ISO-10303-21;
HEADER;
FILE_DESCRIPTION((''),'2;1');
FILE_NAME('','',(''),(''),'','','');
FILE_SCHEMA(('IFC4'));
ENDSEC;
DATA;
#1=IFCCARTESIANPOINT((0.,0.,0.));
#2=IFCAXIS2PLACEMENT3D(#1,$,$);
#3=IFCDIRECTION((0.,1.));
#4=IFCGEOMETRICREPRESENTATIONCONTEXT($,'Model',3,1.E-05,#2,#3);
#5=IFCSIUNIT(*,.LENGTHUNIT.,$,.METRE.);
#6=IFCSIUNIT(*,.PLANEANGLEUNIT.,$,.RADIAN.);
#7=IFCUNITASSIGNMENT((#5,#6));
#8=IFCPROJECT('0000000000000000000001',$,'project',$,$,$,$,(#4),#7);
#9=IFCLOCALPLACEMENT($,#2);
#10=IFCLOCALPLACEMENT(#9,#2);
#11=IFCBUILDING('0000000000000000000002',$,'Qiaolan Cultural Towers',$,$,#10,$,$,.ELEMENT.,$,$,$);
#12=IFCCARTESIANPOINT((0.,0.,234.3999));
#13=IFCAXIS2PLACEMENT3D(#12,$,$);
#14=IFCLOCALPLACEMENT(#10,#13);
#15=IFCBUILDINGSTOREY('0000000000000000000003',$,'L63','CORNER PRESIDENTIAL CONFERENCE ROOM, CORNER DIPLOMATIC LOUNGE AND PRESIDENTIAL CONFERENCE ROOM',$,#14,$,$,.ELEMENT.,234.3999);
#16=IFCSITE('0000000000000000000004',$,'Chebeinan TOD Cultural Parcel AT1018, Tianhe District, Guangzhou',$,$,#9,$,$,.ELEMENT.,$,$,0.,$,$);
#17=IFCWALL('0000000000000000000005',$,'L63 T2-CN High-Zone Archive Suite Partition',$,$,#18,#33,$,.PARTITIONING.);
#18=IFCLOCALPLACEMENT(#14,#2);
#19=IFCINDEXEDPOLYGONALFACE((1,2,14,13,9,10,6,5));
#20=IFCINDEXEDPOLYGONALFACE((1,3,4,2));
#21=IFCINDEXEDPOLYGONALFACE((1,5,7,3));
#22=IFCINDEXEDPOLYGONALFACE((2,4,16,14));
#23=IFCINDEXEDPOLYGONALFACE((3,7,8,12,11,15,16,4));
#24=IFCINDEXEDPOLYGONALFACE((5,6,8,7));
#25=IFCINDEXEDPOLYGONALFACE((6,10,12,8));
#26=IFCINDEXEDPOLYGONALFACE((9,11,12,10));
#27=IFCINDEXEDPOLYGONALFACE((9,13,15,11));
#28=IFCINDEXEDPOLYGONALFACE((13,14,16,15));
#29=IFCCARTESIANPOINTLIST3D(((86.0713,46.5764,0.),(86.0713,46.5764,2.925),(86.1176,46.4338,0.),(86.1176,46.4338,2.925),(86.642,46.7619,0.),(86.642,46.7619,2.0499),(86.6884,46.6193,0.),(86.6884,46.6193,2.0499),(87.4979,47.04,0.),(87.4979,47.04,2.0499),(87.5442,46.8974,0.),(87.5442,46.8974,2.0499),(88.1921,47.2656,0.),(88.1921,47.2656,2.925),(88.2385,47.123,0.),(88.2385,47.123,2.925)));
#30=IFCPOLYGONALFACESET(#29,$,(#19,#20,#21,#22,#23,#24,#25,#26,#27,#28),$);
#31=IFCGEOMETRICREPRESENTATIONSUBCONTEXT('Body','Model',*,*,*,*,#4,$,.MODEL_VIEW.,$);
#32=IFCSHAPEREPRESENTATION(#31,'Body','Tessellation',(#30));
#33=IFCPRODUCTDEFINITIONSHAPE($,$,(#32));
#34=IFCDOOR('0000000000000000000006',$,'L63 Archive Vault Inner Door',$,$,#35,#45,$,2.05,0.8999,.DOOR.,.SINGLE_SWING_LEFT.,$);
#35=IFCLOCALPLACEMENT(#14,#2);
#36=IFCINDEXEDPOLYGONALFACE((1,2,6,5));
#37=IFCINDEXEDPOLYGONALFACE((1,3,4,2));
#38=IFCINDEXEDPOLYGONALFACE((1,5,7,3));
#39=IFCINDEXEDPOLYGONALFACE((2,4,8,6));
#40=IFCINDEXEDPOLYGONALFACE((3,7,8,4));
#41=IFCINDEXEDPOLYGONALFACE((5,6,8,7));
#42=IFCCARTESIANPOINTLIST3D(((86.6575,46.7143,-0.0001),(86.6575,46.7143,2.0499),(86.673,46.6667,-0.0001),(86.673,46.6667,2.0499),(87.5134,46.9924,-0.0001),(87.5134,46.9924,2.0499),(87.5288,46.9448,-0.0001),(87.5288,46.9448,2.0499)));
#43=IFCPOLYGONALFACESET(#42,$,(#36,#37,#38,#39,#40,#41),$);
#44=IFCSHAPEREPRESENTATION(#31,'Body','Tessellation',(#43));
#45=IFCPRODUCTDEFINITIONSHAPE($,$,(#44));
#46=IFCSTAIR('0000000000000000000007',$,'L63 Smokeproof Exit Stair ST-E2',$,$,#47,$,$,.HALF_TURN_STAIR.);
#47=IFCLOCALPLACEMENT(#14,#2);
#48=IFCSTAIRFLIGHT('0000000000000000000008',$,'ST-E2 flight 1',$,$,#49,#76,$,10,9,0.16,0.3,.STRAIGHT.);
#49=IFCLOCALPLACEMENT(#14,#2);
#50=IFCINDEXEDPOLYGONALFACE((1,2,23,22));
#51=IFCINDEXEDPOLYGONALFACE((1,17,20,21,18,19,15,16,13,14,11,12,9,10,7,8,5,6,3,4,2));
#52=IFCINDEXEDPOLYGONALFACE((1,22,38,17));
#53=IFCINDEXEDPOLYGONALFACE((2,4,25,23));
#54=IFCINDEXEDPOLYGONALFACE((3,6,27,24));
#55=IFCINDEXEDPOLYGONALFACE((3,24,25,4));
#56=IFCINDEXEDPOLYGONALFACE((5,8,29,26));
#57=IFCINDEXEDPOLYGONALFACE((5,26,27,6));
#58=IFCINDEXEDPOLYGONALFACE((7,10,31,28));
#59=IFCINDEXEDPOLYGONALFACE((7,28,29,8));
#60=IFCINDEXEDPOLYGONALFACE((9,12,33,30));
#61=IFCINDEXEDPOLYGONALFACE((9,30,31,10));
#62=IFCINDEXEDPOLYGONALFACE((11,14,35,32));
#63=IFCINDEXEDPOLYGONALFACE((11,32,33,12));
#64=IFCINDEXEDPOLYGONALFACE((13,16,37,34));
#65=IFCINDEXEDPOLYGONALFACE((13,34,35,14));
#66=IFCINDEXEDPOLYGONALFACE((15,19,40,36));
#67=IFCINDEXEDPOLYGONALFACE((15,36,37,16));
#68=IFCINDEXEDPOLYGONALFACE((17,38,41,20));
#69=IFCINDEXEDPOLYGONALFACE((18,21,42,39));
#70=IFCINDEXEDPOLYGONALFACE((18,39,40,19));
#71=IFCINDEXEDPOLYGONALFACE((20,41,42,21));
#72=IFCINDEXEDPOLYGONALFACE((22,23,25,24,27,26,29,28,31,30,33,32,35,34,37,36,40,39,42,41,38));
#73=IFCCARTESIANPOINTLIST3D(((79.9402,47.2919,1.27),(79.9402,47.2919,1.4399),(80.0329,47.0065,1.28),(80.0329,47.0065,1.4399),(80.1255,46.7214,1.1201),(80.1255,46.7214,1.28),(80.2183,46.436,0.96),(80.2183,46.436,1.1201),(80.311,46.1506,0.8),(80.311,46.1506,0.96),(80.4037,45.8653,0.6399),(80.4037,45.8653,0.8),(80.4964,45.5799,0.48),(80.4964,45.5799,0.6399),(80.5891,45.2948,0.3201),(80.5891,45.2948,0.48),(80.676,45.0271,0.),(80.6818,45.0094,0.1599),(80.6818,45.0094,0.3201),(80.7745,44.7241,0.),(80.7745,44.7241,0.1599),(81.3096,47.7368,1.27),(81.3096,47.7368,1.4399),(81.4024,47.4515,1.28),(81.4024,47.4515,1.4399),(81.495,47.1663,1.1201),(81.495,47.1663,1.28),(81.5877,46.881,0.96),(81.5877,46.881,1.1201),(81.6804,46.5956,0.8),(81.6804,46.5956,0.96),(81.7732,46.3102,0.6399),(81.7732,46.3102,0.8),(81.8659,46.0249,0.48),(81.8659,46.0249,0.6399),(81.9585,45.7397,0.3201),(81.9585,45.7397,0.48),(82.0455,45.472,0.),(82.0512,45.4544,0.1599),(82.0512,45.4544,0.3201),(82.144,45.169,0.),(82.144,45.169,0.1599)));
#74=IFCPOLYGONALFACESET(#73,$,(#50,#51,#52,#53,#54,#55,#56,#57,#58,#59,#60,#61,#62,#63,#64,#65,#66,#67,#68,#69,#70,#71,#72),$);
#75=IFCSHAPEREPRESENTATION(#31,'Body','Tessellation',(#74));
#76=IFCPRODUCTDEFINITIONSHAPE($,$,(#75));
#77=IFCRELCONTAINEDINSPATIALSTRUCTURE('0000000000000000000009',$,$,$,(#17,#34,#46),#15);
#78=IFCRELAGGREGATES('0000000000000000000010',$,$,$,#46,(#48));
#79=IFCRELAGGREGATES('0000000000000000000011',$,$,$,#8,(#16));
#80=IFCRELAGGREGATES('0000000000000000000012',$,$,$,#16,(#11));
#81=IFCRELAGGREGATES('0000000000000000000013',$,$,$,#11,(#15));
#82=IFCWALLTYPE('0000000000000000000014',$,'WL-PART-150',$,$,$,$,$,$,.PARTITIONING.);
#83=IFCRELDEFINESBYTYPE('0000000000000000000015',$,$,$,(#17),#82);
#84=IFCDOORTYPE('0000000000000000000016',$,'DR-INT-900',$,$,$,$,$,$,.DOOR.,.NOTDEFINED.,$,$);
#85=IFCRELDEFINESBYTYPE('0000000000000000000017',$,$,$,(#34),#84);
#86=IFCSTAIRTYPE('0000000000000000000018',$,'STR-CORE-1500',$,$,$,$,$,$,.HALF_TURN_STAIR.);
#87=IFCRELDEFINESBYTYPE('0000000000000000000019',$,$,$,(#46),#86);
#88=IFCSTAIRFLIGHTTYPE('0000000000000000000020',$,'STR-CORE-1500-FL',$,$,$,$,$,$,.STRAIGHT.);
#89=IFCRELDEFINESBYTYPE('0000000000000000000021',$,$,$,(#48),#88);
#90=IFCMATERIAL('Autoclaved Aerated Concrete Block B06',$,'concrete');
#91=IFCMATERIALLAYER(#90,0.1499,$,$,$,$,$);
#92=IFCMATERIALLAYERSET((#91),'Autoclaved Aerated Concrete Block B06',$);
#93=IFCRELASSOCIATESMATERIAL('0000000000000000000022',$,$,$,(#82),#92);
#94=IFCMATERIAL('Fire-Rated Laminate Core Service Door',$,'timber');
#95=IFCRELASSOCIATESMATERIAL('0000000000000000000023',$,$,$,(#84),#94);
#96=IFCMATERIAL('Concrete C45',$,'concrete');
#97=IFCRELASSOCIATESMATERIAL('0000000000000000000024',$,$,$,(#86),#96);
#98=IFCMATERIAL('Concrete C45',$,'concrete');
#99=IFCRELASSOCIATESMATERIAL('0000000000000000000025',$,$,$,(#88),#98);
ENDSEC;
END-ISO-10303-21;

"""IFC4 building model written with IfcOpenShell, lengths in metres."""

from ifc_helpers import new_model, si_unit, direction, frame, frame_2d, origin, place, context, subcontext, project, spatial, polyline, rectangle, outline, extrude, material, layer, layer_set, type_object, element, fill, aggregate, save


model = new_model("IFC4")

# Units and contexts
model_context = context("Model", 3, precision=1e-05, world=origin(), true_north=direction((0.0, 1.0)))
body_context = subcontext(model_context, "Body", "Model", "MODEL_VIEW")
ifc_project = project(units=[si_unit("LENGTHUNIT", "METRE"), si_unit("PLANEANGLEUNIT", "RADIAN")], contexts=[model_context])

# Site, building, storey
site_placement = place(None, origin())
site = spatial("IfcSite", under=ifc_project, at=site_placement, Name="Chebeinan TOD Cultural Parcel AT1018, Tianhe District, Guangzhou", CompositionType="ELEMENT", RefElevation=0.0)
building_placement = place(site_placement, origin())
building = spatial("IfcBuilding", under=site, at=building_placement, Name="Qiaolan Cultural Towers", CompositionType="ELEMENT")
storey_placement = place(building_placement, frame((0.0, 0.0, 234.3999)))
storey = spatial("IfcBuildingStorey", under=building, at=storey_placement, Name="L63", Description="CORNER PRESIDENTIAL CONFERENCE ROOM, CORNER DIPLOMATIC LOUNGE AND PRESIDENTIAL CONFERENCE ROOM", CompositionType="ELEMENT", Elevation=234.3999)

# Shared definitions
ifc_material_1 = material(Name="Autoclaved Aerated Concrete Block B06", Category="concrete")
ifc_layer_1 = layer(ifc_material_1, 0.1499)
ifc_layer_set_1 = layer_set([ifc_layer_1], Name="Autoclaved Aerated Concrete Block B06")
wall_type_1 = type_object("IfcWallType", Name="WL-PART-150", PredefinedType="PARTITIONING", material=ifc_layer_set_1)

# Wall, opening, door
wall_1_placement = place(storey_placement, frame((86.0945, 46.5051, 0.0), z_axis=(0.0, 0.0, 1.0), x_axis=(0.951043, 0.309059, 0.0)))
wall_1 = element("IfcWall", 1, at=wall_1_placement, inside=storey, type_object=wall_type_1, Name="L63 T2-CN High-Zone Archive Suite Partition", PredefinedType="PARTITIONING", context=body_context, shape_type="SweptSolid", body=[
    extrude(rectangle(XDim=2.23, YDim=0.1499, at=frame_2d((1.115, 0.0))), origin(), (0.0, 0.0, 1.0), 2.925),
])
opening_1_placement = place(wall_1_placement, frame((0.6001, 0.0, 0.0)))
opening_1 = element("IfcOpeningElement", 2, at=opening_1_placement, cuts=wall_1, PredefinedType="OPENING", context=body_context, shape_type="SweptSolid", body=[
    extrude(rectangle(XDim=0.8999, YDim=2.05, at=frame_2d((0.45, 1.0249))), frame((0.0, 0.085, 0.0), z_axis=(0.0, -1.0, 0.0), x_axis=(1.0, 0.0, 0.0)), (0.0, 0.0, 1.0), 0.1699),
])
ifc_material_2 = material(Name="Fire-Rated Laminate Core Service Door", Category="timber")
door_type_1 = type_object("IfcDoorType", Name="DR-INT-900", OperationType="NOTDEFINED", PredefinedType="DOOR", material=ifc_material_2)
door_1_placement = place(opening_1_placement, origin())
door_1 = element("IfcDoor", 3, at=door_1_placement, inside=storey, type_object=door_type_1, Name="L63 Archive Vault Inner Door", OperationType="SINGLE_SWING_LEFT", OverallHeight=2.05, OverallWidth=0.8999, PredefinedType="DOOR", context=body_context, shape_type="SweptSolid", body=[
    extrude(rectangle(XDim=0.8999, YDim=2.05, at=frame_2d((0.45, 1.0249))), frame((0.0, 0.0249, 0.0), z_axis=(0.0, -1.0, 0.0), x_axis=(1.0, 0.0, 0.0)), (0.0, 0.0, 1.0), 0.05),
])
fill(opening_1, door_1)

# Stair, stair flight
ifc_material_3 = material(Name="Concrete C45", Category="concrete")
stair_type = type_object("IfcStairType", Name="STR-CORE-1500", PredefinedType="HALF_TURN_STAIR", material=ifc_material_3)
stair_placement = place(storey_placement, origin())
stair = element("IfcStair", 4, at=stair_placement, inside=storey, type_object=stair_type, Name="L63 Smokeproof Exit Stair ST-E2", PredefinedType="HALF_TURN_STAIR")
ifc_material_4 = material(Name="Concrete C45", Category="concrete")
stair_flight_type = type_object("IfcStairFlightType", Name="STR-CORE-1500-FL", PredefinedType="STRAIGHT", material=ifc_material_4)
stair_flight_placement = place(storey_placement, frame((81.4592, 44.9465, 0.0), z_axis=(0.0, 0.0, 1.0), x_axis=(-0.309017, 0.951057, 0.0)))
stair_flight = element("IfcStairFlight", 5, at=stair_flight_placement, type_object=stair_flight_type, Name="ST-E2 flight 1", NumberOfRisers=10, NumberOfTreads=9, PredefinedType="STRAIGHT", RiserHeight=0.16, TreadLength=0.3, context=body_context, shape_type="SweptSolid", body=[
    extrude(outline(polyline([(0.0, 0.0), (0.0, 0.1599), (0.3, 0.1599), (0.3, 0.3201), (0.6001, 0.3201), (0.6001, 0.48), (0.8999, 0.48), (0.8999, 0.6399), (1.2, 0.6399), (1.2, 0.8), (1.5, 0.8), (1.5, 0.96), (1.8, 0.96), (1.8, 1.1201), (2.1001, 1.1201), (2.1001, 1.28), (2.3999, 1.28), (2.3999, 1.4399), (2.7, 1.4399), (2.7, 1.6001), (2.7, 1.27), (0.3186, 0.0), (0.0, 0.0)])), frame((0.0, 0.72, 0.0), z_axis=(0.0, -1.0, 0.0), x_axis=(1.0, 0.0, 0.0)), (0.0, 0.0, 1.0), 1.4399),
])
aggregate(stair, [stair_flight])

save(model, "model.ifc")
